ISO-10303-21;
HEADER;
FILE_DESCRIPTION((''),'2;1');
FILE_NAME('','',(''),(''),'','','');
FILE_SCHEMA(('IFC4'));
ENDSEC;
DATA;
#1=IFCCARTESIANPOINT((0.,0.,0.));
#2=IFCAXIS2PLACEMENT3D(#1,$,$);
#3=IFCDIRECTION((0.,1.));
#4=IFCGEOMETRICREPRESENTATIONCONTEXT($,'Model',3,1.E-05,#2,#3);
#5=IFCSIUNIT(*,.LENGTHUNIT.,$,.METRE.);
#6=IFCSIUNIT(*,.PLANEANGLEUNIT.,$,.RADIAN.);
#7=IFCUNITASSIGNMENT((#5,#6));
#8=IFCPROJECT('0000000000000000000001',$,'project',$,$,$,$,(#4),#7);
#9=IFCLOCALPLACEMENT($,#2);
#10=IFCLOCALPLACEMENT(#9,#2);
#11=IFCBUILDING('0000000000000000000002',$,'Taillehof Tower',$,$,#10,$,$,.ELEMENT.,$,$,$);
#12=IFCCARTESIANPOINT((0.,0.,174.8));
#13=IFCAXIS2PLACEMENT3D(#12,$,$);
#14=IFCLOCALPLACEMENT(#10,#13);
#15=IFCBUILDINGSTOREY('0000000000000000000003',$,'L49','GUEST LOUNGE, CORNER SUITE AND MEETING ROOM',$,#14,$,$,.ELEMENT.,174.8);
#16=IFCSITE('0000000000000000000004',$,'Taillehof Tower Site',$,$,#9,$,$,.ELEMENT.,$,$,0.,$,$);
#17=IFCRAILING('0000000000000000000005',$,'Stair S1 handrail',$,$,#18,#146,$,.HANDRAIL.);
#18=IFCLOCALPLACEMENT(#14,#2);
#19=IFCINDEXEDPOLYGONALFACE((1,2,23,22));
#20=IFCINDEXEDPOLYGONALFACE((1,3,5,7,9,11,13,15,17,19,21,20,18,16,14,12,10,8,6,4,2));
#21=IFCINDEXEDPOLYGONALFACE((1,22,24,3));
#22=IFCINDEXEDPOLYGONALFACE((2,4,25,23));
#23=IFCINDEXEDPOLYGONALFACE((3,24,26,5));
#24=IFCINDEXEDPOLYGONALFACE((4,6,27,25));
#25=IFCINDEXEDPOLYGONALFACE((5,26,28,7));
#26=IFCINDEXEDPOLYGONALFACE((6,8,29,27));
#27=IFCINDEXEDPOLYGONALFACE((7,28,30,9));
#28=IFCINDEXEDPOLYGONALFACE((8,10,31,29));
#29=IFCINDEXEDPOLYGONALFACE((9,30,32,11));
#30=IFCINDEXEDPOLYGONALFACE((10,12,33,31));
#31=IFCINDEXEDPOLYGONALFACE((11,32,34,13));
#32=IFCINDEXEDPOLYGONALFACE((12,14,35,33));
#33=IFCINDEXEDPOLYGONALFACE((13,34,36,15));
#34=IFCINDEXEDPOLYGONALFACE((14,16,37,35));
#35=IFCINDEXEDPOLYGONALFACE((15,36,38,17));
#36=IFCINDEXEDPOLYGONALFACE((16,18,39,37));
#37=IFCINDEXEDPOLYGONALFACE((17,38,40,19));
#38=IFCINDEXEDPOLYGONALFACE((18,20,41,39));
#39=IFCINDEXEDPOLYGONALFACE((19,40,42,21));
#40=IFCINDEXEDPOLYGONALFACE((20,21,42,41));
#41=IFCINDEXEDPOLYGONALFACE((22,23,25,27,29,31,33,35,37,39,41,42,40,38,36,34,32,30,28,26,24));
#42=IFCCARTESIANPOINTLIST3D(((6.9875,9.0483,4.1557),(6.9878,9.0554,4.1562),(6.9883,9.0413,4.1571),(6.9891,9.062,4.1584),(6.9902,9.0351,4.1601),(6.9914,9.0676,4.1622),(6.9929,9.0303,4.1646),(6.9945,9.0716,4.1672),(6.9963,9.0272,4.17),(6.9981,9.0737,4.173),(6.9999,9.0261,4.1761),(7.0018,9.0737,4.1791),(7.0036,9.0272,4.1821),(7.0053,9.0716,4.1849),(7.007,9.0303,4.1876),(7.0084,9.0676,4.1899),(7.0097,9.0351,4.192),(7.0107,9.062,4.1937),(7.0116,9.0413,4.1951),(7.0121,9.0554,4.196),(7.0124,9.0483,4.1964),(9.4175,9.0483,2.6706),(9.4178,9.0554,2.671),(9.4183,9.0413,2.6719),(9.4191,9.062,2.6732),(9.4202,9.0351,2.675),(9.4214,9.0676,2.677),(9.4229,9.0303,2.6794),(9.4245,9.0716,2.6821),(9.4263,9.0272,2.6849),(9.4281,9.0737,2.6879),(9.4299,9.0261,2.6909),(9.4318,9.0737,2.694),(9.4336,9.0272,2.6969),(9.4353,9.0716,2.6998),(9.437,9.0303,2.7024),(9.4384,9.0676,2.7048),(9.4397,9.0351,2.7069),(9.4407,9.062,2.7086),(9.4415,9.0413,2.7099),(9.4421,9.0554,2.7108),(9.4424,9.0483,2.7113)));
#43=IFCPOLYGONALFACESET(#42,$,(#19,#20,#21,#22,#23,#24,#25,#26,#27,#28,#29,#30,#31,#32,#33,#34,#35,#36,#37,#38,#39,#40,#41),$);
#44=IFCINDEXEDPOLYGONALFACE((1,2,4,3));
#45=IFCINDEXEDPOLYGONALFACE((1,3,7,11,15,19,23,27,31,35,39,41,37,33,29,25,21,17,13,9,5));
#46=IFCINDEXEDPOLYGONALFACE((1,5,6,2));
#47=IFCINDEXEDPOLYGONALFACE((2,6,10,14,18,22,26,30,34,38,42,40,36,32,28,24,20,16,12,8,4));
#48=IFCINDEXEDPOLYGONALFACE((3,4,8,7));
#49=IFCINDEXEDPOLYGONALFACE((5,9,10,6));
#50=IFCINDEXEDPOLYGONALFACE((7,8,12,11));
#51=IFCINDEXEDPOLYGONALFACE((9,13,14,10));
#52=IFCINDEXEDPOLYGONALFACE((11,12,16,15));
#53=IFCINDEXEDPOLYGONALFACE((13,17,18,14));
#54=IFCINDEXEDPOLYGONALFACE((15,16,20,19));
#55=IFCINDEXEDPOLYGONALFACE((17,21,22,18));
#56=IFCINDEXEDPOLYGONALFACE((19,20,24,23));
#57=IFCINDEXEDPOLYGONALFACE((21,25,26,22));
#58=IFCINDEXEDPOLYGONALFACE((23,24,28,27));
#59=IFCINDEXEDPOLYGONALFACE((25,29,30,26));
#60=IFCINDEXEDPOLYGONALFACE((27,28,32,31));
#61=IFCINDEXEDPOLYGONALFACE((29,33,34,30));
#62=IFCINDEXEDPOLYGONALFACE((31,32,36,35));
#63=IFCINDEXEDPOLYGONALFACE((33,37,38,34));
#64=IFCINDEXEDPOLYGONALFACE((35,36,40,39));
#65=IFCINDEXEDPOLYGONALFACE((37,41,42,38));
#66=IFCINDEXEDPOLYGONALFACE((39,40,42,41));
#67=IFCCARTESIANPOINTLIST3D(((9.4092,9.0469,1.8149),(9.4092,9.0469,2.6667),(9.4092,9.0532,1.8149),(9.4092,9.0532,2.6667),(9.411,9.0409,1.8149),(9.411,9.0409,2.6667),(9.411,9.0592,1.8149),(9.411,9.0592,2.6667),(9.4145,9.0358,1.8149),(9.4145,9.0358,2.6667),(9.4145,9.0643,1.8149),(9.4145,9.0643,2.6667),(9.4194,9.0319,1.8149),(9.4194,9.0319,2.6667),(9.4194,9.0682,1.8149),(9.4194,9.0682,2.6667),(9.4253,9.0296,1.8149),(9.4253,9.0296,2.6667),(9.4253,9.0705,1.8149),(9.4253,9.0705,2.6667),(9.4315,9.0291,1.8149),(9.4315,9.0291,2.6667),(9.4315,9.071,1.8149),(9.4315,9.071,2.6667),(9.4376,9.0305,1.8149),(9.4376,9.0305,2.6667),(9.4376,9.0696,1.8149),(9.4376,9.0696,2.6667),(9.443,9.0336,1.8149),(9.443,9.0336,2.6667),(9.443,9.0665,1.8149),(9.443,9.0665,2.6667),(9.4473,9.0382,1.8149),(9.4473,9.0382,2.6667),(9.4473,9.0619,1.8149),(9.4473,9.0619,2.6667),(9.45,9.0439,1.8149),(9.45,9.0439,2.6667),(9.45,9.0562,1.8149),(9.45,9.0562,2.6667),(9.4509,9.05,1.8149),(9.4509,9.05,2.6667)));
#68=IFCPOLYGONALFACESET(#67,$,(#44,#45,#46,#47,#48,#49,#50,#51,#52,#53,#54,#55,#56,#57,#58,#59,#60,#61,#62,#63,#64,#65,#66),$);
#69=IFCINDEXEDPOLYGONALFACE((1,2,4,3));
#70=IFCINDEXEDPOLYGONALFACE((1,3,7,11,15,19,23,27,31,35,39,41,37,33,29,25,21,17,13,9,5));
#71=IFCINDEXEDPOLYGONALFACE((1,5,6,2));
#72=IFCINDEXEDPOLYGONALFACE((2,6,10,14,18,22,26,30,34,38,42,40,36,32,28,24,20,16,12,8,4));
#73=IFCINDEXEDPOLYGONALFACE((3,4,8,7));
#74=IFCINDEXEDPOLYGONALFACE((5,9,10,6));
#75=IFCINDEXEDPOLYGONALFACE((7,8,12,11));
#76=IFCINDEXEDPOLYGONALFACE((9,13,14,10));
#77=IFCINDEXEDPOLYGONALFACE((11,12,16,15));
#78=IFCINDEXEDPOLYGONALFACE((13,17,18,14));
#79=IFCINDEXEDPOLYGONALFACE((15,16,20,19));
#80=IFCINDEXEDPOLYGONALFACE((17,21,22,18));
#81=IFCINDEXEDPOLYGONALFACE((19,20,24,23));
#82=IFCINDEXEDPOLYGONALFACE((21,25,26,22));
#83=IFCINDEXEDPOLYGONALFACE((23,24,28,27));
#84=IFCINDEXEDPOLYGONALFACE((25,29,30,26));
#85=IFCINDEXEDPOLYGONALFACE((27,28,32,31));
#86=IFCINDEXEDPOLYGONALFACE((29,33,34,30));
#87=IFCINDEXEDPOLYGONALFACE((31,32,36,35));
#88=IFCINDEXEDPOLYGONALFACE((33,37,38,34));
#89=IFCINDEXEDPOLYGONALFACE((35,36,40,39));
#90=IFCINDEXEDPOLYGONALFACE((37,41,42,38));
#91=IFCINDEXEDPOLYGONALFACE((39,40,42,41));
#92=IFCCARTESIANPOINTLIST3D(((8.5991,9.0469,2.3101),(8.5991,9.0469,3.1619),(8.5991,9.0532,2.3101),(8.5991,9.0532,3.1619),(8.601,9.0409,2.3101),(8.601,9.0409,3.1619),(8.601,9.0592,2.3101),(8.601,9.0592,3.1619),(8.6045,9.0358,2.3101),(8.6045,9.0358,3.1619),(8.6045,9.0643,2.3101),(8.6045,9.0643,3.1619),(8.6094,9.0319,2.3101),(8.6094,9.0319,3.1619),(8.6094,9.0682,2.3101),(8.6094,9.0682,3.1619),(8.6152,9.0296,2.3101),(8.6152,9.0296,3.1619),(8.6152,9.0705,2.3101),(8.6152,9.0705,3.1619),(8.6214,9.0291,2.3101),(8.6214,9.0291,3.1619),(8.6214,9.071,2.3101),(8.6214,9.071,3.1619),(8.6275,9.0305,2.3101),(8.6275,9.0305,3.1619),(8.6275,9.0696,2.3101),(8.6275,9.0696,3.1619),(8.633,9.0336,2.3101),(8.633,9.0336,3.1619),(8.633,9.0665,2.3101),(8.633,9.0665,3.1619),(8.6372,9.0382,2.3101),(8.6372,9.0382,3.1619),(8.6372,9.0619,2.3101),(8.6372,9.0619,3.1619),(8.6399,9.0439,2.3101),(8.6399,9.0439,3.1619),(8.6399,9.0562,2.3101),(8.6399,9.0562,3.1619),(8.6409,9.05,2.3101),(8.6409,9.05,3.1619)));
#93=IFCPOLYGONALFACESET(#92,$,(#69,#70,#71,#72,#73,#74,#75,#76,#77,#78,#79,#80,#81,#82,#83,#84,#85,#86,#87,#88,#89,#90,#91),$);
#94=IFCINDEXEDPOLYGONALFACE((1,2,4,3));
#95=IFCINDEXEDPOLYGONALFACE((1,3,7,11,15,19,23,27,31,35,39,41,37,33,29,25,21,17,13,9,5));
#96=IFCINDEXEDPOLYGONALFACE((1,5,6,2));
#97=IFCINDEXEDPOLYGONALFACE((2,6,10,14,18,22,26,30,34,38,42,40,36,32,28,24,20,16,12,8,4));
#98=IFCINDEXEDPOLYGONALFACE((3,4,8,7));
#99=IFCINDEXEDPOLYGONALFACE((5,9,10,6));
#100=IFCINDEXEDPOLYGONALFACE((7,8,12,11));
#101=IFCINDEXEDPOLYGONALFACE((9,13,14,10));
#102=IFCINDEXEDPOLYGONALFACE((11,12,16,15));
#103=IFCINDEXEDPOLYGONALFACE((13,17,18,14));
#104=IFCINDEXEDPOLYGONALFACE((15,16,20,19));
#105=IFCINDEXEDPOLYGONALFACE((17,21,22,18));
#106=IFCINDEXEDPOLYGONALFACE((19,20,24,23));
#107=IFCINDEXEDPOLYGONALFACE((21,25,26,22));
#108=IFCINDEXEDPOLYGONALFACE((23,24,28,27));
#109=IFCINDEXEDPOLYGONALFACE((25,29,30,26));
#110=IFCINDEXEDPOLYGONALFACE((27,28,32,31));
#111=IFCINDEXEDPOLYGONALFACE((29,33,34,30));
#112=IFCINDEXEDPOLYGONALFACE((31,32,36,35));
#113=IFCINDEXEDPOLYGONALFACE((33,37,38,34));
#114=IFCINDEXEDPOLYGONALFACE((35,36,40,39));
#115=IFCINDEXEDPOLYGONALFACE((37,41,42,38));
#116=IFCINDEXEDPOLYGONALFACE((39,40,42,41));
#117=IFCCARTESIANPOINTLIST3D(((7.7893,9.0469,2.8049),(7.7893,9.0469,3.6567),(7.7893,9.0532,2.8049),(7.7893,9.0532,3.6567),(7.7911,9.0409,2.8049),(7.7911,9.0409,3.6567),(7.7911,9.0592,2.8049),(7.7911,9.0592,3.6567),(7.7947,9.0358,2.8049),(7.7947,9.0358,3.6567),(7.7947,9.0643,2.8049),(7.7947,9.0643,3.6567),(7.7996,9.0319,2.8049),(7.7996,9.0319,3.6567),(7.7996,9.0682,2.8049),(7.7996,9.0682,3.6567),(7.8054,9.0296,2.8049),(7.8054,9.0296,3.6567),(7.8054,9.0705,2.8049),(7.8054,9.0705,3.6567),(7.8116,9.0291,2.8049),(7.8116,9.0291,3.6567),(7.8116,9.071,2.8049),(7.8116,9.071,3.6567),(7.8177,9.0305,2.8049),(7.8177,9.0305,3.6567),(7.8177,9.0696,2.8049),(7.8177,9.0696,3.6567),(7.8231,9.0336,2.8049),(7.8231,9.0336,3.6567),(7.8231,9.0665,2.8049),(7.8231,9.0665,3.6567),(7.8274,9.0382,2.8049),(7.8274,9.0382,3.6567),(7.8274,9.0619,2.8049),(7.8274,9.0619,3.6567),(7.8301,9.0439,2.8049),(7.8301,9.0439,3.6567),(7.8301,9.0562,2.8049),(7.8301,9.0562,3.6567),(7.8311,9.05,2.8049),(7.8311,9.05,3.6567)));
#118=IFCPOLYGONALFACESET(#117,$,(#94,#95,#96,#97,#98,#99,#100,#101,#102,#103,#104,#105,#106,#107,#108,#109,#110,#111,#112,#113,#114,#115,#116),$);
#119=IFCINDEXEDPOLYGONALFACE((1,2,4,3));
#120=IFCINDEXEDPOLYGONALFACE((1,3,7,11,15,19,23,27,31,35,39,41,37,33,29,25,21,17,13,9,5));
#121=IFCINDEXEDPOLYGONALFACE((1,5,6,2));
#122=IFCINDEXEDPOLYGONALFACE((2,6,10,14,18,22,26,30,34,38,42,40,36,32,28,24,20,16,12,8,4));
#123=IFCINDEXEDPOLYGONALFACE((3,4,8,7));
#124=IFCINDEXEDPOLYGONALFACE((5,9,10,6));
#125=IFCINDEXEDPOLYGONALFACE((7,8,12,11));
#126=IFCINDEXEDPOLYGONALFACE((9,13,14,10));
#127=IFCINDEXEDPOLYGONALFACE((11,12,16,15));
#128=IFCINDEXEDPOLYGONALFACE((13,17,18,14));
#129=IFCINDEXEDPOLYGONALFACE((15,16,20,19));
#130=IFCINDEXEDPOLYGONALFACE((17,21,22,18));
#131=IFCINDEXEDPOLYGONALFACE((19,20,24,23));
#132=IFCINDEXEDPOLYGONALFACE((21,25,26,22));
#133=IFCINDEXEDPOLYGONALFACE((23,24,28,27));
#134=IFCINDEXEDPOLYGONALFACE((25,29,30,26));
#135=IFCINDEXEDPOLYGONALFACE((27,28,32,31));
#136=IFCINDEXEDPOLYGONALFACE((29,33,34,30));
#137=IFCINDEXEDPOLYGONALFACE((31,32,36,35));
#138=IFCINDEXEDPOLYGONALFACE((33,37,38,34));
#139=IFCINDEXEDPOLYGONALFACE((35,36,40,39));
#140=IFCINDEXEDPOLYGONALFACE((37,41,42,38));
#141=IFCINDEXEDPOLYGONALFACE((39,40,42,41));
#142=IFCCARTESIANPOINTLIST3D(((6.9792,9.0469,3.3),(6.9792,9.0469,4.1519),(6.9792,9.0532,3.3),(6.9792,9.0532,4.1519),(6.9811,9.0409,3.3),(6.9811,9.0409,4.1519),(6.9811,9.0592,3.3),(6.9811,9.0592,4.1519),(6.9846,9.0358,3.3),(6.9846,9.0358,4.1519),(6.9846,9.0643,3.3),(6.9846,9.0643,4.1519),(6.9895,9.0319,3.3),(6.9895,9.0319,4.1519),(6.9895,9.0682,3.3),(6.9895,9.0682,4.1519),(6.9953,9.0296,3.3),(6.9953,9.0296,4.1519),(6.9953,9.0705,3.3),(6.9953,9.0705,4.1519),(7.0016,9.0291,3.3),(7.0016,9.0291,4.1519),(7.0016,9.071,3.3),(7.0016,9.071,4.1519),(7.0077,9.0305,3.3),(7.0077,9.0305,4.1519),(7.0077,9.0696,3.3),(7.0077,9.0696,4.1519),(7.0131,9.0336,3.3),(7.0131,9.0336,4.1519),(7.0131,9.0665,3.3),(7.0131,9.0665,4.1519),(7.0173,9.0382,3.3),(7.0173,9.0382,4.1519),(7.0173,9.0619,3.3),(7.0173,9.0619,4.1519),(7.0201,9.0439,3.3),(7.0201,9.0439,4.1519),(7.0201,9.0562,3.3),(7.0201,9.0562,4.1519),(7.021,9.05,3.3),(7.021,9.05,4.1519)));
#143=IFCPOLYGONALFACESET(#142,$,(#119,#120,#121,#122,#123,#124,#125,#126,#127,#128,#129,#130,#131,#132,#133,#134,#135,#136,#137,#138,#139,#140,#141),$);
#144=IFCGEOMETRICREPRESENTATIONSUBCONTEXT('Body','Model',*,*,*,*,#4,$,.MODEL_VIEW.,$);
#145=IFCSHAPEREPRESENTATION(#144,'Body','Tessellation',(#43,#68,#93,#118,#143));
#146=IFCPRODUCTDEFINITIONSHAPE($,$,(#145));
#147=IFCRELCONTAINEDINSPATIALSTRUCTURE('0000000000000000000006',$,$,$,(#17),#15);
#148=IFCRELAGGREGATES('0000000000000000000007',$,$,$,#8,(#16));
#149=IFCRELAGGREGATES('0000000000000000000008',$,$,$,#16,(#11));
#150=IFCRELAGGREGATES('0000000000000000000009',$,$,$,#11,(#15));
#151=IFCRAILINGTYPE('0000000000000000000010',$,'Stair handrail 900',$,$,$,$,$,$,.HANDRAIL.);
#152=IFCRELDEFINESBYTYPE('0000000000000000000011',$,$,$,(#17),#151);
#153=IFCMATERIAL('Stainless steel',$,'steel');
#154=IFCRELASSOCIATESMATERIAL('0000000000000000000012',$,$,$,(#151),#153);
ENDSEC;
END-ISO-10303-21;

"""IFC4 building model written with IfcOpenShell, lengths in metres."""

from ifc_helpers import new_model, si_unit, direction, frame, origin, origin_2d, place, context, subcontext, project, spatial, circle, extrude, material, type_object, element, save


model = new_model("IFC4")

# Units and contexts
model_context = context("Model", 3, precision=1e-05, world=origin(), true_north=direction((0.0, 1.0)))
body_context = subcontext(model_context, "Body", "Model", "MODEL_VIEW")
ifc_project = project(units=[si_unit("LENGTHUNIT", "METRE"), si_unit("PLANEANGLEUNIT", "RADIAN")], contexts=[model_context])

# Site, building, storey
site_placement = place(None, origin())
site = spatial("IfcSite", under=ifc_project, at=site_placement, Name="Taillehof Tower Site", CompositionType="ELEMENT", RefElevation=0.0)
building_placement = place(site_placement, origin())
building = spatial("IfcBuilding", under=site, at=building_placement, Name="Taillehof Tower", CompositionType="ELEMENT")
storey_placement = place(building_placement, frame((0.0, 0.0, 174.8)))
storey = spatial("IfcBuildingStorey", under=building, at=storey_placement, Name="L49", Description="GUEST LOUNGE, CORNER SUITE AND MEETING ROOM", CompositionType="ELEMENT", Elevation=174.8)

# Railing
ifc_material_1 = material(Name="Stainless steel", Category="steel")
railing_type = type_object("IfcRailingType", Name="Stair handrail 900", PredefinedType="HANDRAIL", material=ifc_material_1)
railing_placement = place(storey_placement, frame((9.4299, 9.05, 1.8149)))
element("IfcRailing", 1, at=railing_placement, inside=storey, type_object=railing_type, Name="Stair S1 handrail", PredefinedType="HANDRAIL", context=body_context, shape_type="SweptSolid", body=[
    extrude(circle(Radius=0.0239, at=origin_2d()), frame((0.0, 0.0, 0.876), z_axis=(-0.853259, 0.0, 0.521488), x_axis=(0.0, -1.0, 0.0)), (0.0, 0.0, 1.0), 2.8479),
    extrude(circle(Radius=0.021, at=origin_2d()), origin(), (0.0, 0.0, 1.0), 0.8518),
    extrude(circle(Radius=0.021, at=origin_2d()), frame((-0.8101, 0.0, 0.4951)), (0.0, 0.0, 1.0), 0.8518),
    extrude(circle(Radius=0.021, at=origin_2d()), frame((-1.6199, 0.0, 0.99)), (0.0, 0.0, 1.0), 0.8518),
    extrude(circle(Radius=0.021, at=origin_2d()), frame((-2.4299, 0.0, 1.4851)), (0.0, 0.0, 1.0), 0.8518),
])

save(model, "model.ifc")
